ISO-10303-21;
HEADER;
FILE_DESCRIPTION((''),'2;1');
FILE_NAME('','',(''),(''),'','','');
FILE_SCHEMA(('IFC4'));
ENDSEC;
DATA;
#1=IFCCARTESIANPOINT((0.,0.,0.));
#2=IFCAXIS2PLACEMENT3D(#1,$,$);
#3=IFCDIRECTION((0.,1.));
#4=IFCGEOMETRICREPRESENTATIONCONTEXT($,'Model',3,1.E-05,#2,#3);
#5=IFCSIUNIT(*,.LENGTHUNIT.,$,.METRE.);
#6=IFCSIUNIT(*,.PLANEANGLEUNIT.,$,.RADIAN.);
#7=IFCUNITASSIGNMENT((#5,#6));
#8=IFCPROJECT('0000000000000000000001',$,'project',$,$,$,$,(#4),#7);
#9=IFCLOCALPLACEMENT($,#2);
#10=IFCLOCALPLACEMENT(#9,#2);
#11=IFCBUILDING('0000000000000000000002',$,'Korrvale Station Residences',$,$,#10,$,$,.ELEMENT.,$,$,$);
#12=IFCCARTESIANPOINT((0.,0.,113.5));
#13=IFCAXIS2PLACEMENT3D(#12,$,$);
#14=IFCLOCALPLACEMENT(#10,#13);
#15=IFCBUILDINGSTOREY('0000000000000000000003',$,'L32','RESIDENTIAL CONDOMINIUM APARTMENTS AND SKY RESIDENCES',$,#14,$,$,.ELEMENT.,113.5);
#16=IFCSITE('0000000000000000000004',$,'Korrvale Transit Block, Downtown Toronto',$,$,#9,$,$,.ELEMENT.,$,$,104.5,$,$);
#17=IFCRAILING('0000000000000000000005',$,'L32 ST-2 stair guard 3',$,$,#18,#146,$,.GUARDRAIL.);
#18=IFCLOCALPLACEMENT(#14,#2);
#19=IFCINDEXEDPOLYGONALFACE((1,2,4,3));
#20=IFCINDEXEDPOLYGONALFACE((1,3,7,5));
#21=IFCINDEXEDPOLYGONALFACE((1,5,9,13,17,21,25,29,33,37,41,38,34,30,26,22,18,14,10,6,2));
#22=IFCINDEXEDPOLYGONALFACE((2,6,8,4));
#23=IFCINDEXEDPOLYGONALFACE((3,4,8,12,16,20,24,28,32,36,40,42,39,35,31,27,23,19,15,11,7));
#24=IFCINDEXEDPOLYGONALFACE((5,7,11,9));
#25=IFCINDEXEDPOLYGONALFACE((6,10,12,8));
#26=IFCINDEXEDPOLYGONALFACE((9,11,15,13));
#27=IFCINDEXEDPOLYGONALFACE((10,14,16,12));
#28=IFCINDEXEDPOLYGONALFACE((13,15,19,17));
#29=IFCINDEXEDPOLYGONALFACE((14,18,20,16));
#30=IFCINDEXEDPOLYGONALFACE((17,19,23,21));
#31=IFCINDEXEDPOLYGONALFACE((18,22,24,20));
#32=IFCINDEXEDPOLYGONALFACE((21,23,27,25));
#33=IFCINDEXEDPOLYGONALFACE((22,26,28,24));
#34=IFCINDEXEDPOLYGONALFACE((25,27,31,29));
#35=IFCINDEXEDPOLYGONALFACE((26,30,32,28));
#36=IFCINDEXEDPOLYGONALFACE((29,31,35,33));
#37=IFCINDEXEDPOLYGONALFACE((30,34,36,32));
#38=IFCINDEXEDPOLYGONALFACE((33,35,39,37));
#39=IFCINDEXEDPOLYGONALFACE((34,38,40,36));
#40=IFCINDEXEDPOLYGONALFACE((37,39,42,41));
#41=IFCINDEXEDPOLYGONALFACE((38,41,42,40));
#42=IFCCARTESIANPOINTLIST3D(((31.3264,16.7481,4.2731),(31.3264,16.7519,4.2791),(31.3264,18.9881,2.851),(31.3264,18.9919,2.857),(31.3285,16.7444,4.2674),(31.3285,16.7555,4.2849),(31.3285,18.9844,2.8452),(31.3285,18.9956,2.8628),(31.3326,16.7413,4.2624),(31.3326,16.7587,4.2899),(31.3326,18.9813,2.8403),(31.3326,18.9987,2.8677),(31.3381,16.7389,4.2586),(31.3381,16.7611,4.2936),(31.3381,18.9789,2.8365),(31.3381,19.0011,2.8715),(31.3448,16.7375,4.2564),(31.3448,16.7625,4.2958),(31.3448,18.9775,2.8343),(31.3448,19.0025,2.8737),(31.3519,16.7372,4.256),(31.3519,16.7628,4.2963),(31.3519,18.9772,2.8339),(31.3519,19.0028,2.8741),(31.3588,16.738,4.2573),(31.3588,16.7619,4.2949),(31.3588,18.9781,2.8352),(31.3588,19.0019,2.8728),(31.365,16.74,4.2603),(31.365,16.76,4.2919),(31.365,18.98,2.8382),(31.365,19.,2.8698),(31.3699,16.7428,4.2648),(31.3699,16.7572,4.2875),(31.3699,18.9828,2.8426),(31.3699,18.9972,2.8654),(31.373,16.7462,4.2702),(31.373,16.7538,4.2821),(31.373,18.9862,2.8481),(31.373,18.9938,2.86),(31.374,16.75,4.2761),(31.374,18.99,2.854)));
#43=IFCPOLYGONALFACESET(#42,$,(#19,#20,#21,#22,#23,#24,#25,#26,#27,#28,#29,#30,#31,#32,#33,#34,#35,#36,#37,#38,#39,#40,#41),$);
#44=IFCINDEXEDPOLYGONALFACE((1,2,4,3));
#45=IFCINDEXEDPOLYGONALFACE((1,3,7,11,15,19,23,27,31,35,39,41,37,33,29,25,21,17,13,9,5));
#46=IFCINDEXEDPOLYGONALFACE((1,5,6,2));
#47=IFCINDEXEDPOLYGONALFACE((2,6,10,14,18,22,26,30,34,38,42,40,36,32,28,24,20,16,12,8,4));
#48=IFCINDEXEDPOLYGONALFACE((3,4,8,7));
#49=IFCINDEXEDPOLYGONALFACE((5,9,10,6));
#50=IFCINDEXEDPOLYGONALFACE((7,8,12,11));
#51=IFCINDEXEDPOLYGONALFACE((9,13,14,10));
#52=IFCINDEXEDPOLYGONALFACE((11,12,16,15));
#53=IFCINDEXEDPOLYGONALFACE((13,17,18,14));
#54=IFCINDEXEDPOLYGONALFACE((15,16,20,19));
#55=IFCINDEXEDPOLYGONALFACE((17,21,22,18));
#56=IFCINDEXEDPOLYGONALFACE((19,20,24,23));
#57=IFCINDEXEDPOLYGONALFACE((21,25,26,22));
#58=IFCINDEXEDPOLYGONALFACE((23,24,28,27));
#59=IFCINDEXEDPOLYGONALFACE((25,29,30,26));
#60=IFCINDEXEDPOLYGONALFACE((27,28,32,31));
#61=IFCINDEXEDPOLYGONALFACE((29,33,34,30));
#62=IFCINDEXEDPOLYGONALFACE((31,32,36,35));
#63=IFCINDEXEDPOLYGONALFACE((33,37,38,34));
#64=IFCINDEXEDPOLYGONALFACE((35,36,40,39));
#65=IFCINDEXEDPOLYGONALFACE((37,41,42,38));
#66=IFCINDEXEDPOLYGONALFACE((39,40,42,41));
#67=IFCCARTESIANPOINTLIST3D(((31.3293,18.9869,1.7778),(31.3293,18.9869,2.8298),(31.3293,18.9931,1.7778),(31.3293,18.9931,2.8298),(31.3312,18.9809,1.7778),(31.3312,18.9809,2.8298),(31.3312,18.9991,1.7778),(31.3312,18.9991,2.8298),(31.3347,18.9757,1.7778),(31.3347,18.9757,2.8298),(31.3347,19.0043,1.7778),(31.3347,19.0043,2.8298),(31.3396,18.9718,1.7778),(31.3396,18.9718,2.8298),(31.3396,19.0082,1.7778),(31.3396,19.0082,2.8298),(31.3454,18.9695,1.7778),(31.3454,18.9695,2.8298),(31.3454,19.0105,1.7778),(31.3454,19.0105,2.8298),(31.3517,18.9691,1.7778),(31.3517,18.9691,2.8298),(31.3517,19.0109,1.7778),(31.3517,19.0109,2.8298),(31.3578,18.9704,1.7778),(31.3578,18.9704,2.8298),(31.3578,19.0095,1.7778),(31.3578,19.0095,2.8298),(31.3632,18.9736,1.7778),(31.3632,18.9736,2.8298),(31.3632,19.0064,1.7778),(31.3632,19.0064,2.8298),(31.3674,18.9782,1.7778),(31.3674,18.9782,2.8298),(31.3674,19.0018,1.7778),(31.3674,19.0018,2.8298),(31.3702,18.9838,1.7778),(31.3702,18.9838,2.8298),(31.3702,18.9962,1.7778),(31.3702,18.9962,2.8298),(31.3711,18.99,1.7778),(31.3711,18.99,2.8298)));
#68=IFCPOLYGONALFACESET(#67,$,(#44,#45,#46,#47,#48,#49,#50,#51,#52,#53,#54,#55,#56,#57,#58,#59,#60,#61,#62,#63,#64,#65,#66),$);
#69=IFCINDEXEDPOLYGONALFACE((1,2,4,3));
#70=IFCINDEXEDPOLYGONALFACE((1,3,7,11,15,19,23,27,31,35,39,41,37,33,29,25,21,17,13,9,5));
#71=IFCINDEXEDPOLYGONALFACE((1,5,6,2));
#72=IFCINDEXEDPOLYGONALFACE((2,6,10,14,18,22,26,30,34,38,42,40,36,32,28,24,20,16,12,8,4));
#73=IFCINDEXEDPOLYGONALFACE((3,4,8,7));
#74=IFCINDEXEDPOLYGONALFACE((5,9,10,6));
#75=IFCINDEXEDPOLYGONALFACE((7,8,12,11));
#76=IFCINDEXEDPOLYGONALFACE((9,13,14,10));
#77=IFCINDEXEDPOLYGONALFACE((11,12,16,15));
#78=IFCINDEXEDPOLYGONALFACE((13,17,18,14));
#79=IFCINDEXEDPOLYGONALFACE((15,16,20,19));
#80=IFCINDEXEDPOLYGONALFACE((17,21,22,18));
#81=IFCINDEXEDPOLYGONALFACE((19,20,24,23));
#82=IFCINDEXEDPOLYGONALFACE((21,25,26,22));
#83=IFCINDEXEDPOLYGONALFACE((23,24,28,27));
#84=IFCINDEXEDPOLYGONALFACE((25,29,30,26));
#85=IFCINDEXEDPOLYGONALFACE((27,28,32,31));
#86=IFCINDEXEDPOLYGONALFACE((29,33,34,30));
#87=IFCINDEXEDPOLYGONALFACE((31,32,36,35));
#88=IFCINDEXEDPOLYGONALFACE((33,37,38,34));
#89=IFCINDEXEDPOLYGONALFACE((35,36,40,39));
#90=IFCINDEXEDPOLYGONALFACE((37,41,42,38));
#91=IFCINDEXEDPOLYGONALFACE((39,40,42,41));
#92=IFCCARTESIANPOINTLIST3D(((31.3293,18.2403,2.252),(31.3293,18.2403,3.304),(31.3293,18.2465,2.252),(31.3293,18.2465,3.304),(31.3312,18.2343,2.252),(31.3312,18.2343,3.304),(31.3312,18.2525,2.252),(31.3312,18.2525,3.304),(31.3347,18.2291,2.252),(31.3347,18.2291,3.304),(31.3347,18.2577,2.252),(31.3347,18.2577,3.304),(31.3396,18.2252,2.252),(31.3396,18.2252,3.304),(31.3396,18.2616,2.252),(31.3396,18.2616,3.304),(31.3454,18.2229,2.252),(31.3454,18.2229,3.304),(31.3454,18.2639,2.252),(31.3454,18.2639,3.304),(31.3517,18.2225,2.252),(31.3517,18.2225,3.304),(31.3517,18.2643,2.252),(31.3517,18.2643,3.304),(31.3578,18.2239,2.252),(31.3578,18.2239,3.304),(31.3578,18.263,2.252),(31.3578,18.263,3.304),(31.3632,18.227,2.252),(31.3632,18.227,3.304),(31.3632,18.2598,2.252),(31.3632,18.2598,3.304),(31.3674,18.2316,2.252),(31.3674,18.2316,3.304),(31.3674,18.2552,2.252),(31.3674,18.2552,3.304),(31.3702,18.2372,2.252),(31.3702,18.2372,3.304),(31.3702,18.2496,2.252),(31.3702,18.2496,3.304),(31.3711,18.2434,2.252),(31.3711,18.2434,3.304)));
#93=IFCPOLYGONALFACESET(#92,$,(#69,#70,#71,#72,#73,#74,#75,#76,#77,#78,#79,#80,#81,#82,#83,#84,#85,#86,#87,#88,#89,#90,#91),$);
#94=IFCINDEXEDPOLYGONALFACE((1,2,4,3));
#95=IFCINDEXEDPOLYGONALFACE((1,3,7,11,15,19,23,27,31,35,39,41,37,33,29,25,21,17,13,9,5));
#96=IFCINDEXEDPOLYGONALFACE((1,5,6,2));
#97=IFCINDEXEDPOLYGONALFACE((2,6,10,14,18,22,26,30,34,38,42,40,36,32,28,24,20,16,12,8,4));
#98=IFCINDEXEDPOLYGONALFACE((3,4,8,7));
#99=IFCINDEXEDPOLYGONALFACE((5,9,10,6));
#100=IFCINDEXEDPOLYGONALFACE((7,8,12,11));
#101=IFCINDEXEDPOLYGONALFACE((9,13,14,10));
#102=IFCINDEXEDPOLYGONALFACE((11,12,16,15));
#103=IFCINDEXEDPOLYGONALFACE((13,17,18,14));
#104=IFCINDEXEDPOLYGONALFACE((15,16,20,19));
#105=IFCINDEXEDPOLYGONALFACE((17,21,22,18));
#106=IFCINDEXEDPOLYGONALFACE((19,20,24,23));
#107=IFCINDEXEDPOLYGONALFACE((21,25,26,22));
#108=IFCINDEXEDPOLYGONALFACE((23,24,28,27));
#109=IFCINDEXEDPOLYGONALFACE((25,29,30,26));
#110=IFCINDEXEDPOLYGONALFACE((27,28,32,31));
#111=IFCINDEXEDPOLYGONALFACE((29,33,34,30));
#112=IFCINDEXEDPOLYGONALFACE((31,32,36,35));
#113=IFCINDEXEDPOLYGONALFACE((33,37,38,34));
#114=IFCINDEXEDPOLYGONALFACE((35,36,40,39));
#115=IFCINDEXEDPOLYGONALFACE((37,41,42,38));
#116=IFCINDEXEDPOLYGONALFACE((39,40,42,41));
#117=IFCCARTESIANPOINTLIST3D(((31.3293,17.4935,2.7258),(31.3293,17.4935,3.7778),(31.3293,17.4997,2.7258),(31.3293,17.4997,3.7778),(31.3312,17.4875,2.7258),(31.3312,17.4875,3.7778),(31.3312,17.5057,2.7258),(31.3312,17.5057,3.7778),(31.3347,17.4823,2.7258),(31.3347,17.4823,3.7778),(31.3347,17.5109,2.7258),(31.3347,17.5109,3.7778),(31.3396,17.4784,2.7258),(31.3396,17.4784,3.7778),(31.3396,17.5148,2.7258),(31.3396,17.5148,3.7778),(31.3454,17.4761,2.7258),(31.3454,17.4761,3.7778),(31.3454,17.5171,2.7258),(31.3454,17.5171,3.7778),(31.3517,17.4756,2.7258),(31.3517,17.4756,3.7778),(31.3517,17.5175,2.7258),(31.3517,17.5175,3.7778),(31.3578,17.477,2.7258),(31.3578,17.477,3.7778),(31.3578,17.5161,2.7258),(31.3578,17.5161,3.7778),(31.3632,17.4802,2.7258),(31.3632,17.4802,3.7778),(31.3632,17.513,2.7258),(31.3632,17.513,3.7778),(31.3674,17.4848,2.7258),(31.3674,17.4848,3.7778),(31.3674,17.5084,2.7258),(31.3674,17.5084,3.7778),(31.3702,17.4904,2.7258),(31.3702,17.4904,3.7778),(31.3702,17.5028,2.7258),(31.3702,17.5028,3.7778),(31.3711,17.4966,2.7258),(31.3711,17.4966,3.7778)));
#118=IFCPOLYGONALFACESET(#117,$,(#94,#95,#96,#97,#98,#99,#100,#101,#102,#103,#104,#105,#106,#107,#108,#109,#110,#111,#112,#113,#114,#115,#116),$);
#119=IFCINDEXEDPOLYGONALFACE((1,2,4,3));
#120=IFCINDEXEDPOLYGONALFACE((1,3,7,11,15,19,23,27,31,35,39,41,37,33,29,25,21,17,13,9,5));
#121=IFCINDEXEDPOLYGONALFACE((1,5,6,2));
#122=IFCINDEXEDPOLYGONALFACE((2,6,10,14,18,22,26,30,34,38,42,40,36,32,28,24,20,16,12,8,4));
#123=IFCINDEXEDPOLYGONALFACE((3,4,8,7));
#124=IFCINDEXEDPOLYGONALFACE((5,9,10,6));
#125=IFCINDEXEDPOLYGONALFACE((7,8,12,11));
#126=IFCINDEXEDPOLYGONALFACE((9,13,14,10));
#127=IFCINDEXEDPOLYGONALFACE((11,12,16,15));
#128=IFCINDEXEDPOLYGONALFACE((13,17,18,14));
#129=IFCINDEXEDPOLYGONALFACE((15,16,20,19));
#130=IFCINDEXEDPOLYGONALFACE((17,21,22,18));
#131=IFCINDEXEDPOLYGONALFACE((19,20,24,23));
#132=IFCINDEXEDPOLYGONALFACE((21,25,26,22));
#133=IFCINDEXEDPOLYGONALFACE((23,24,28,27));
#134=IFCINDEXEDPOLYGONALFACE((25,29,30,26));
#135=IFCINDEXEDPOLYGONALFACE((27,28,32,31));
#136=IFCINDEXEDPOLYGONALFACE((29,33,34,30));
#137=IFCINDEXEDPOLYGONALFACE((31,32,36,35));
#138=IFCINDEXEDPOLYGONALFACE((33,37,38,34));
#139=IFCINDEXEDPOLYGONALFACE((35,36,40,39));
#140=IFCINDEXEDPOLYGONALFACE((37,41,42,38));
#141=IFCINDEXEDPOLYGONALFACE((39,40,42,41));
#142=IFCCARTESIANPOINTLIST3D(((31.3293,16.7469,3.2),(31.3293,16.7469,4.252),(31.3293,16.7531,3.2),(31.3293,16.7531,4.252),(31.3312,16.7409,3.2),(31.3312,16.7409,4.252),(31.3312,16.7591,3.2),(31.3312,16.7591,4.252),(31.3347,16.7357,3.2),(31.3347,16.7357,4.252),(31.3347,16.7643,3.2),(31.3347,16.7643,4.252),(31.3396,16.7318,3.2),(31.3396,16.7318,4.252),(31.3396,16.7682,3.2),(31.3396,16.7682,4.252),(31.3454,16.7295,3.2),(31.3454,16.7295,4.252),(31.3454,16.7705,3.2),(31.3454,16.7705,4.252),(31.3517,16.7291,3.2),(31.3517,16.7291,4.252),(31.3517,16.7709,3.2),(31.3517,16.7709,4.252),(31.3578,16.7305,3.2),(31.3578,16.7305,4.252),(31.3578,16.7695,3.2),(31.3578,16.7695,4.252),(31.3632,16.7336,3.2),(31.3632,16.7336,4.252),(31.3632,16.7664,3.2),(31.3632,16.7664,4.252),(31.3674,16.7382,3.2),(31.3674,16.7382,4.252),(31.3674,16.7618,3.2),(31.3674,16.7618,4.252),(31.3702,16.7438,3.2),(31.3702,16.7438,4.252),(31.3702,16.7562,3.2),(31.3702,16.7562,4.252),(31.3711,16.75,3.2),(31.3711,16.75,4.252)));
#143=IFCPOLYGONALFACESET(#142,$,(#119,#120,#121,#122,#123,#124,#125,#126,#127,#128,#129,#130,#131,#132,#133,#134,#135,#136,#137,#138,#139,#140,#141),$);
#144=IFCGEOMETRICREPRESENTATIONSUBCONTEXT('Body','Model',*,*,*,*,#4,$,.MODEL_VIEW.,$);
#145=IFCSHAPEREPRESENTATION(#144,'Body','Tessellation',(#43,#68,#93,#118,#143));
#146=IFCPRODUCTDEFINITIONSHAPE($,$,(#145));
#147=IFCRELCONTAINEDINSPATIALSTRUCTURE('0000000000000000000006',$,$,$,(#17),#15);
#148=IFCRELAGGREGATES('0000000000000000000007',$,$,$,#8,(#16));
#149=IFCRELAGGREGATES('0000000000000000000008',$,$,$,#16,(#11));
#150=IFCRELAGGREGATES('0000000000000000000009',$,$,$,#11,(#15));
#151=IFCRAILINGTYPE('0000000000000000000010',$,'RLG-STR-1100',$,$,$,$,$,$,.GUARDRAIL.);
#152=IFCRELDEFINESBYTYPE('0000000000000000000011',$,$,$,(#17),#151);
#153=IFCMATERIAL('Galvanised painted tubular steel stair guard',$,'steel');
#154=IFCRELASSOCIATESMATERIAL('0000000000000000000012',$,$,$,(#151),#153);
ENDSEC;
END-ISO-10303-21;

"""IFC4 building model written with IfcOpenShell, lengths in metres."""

from ifc_helpers import new_model, si_unit, direction, frame, origin, origin_2d, place, context, subcontext, project, spatial, circle, extrude, material, type_object, element, save


model = new_model("IFC4")

# Units and contexts
model_context = context("Model", 3, precision=1e-05, world=origin(), true_north=direction((0.0, 1.0)))
body_context = subcontext(model_context, "Body", "Model", "MODEL_VIEW")
ifc_project = project(units=[si_unit("LENGTHUNIT", "METRE"), si_unit("PLANEANGLEUNIT", "RADIAN")], contexts=[model_context])

# Site, building, storey
site_placement = place(None, origin())
site = spatial("IfcSite", under=ifc_project, at=site_placement, Name="Korrvale Transit Block, Downtown Toronto", CompositionType="ELEMENT", RefElevation=104.5)
building_placement = place(site_placement, origin())
building = spatial("IfcBuilding", under=site, at=building_placement, Name="Korrvale Station Residences", CompositionType="ELEMENT")
storey_placement = place(building_placement, frame((0.0, 0.0, 113.5)))
storey = spatial("IfcBuildingStorey", under=building, at=storey_placement, Name="L32", Description="RESIDENTIAL CONDOMINIUM APARTMENTS AND SKY RESIDENCES", CompositionType="ELEMENT", Elevation=113.5)

# Railing
ifc_material_1 = material(Name="Galvanised painted tubular steel stair guard", Category="steel")
railing_type_1 = type_object("IfcRailingType", Name="RLG-STR-1100", PredefinedType="GUARDRAIL", material=ifc_material_1)
railing_1_placement = place(storey_placement, frame((31.3501, 18.99, 1.7778)))
element("IfcRailing", 1, at=railing_1_placement, inside=storey, type_object=railing_type_1, Name="L32 ST-2 stair guard 3", PredefinedType="GUARDRAIL", context=body_context, shape_type="SweptSolid", body=[
    extrude(circle(Radius=0.0239, at=origin_2d()), frame((0.0, 0.0, 1.0762), z_axis=(0.0, -0.844229, 0.535982), x_axis=(1.0, 0.0, 0.0)), (0.0, 0.0, 1.0), 2.6533),
    extrude(circle(Radius=0.021, at=origin_2d()), origin(), (0.0, 0.0, 1.0), 1.052),
    extrude(circle(Radius=0.021, at=origin_2d()), frame((0.0, -0.7466, 0.4741)), (0.0, 0.0, 1.0), 1.052),
    extrude(circle(Radius=0.021, at=origin_2d()), frame((0.0, -1.4934, 0.948)), (0.0, 0.0, 1.0), 1.052),
    extrude(circle(Radius=0.021, at=origin_2d()), frame((0.0, -2.24, 1.4221)), (0.0, 0.0, 1.0), 1.052),
])

save(model, "model.ifc")
